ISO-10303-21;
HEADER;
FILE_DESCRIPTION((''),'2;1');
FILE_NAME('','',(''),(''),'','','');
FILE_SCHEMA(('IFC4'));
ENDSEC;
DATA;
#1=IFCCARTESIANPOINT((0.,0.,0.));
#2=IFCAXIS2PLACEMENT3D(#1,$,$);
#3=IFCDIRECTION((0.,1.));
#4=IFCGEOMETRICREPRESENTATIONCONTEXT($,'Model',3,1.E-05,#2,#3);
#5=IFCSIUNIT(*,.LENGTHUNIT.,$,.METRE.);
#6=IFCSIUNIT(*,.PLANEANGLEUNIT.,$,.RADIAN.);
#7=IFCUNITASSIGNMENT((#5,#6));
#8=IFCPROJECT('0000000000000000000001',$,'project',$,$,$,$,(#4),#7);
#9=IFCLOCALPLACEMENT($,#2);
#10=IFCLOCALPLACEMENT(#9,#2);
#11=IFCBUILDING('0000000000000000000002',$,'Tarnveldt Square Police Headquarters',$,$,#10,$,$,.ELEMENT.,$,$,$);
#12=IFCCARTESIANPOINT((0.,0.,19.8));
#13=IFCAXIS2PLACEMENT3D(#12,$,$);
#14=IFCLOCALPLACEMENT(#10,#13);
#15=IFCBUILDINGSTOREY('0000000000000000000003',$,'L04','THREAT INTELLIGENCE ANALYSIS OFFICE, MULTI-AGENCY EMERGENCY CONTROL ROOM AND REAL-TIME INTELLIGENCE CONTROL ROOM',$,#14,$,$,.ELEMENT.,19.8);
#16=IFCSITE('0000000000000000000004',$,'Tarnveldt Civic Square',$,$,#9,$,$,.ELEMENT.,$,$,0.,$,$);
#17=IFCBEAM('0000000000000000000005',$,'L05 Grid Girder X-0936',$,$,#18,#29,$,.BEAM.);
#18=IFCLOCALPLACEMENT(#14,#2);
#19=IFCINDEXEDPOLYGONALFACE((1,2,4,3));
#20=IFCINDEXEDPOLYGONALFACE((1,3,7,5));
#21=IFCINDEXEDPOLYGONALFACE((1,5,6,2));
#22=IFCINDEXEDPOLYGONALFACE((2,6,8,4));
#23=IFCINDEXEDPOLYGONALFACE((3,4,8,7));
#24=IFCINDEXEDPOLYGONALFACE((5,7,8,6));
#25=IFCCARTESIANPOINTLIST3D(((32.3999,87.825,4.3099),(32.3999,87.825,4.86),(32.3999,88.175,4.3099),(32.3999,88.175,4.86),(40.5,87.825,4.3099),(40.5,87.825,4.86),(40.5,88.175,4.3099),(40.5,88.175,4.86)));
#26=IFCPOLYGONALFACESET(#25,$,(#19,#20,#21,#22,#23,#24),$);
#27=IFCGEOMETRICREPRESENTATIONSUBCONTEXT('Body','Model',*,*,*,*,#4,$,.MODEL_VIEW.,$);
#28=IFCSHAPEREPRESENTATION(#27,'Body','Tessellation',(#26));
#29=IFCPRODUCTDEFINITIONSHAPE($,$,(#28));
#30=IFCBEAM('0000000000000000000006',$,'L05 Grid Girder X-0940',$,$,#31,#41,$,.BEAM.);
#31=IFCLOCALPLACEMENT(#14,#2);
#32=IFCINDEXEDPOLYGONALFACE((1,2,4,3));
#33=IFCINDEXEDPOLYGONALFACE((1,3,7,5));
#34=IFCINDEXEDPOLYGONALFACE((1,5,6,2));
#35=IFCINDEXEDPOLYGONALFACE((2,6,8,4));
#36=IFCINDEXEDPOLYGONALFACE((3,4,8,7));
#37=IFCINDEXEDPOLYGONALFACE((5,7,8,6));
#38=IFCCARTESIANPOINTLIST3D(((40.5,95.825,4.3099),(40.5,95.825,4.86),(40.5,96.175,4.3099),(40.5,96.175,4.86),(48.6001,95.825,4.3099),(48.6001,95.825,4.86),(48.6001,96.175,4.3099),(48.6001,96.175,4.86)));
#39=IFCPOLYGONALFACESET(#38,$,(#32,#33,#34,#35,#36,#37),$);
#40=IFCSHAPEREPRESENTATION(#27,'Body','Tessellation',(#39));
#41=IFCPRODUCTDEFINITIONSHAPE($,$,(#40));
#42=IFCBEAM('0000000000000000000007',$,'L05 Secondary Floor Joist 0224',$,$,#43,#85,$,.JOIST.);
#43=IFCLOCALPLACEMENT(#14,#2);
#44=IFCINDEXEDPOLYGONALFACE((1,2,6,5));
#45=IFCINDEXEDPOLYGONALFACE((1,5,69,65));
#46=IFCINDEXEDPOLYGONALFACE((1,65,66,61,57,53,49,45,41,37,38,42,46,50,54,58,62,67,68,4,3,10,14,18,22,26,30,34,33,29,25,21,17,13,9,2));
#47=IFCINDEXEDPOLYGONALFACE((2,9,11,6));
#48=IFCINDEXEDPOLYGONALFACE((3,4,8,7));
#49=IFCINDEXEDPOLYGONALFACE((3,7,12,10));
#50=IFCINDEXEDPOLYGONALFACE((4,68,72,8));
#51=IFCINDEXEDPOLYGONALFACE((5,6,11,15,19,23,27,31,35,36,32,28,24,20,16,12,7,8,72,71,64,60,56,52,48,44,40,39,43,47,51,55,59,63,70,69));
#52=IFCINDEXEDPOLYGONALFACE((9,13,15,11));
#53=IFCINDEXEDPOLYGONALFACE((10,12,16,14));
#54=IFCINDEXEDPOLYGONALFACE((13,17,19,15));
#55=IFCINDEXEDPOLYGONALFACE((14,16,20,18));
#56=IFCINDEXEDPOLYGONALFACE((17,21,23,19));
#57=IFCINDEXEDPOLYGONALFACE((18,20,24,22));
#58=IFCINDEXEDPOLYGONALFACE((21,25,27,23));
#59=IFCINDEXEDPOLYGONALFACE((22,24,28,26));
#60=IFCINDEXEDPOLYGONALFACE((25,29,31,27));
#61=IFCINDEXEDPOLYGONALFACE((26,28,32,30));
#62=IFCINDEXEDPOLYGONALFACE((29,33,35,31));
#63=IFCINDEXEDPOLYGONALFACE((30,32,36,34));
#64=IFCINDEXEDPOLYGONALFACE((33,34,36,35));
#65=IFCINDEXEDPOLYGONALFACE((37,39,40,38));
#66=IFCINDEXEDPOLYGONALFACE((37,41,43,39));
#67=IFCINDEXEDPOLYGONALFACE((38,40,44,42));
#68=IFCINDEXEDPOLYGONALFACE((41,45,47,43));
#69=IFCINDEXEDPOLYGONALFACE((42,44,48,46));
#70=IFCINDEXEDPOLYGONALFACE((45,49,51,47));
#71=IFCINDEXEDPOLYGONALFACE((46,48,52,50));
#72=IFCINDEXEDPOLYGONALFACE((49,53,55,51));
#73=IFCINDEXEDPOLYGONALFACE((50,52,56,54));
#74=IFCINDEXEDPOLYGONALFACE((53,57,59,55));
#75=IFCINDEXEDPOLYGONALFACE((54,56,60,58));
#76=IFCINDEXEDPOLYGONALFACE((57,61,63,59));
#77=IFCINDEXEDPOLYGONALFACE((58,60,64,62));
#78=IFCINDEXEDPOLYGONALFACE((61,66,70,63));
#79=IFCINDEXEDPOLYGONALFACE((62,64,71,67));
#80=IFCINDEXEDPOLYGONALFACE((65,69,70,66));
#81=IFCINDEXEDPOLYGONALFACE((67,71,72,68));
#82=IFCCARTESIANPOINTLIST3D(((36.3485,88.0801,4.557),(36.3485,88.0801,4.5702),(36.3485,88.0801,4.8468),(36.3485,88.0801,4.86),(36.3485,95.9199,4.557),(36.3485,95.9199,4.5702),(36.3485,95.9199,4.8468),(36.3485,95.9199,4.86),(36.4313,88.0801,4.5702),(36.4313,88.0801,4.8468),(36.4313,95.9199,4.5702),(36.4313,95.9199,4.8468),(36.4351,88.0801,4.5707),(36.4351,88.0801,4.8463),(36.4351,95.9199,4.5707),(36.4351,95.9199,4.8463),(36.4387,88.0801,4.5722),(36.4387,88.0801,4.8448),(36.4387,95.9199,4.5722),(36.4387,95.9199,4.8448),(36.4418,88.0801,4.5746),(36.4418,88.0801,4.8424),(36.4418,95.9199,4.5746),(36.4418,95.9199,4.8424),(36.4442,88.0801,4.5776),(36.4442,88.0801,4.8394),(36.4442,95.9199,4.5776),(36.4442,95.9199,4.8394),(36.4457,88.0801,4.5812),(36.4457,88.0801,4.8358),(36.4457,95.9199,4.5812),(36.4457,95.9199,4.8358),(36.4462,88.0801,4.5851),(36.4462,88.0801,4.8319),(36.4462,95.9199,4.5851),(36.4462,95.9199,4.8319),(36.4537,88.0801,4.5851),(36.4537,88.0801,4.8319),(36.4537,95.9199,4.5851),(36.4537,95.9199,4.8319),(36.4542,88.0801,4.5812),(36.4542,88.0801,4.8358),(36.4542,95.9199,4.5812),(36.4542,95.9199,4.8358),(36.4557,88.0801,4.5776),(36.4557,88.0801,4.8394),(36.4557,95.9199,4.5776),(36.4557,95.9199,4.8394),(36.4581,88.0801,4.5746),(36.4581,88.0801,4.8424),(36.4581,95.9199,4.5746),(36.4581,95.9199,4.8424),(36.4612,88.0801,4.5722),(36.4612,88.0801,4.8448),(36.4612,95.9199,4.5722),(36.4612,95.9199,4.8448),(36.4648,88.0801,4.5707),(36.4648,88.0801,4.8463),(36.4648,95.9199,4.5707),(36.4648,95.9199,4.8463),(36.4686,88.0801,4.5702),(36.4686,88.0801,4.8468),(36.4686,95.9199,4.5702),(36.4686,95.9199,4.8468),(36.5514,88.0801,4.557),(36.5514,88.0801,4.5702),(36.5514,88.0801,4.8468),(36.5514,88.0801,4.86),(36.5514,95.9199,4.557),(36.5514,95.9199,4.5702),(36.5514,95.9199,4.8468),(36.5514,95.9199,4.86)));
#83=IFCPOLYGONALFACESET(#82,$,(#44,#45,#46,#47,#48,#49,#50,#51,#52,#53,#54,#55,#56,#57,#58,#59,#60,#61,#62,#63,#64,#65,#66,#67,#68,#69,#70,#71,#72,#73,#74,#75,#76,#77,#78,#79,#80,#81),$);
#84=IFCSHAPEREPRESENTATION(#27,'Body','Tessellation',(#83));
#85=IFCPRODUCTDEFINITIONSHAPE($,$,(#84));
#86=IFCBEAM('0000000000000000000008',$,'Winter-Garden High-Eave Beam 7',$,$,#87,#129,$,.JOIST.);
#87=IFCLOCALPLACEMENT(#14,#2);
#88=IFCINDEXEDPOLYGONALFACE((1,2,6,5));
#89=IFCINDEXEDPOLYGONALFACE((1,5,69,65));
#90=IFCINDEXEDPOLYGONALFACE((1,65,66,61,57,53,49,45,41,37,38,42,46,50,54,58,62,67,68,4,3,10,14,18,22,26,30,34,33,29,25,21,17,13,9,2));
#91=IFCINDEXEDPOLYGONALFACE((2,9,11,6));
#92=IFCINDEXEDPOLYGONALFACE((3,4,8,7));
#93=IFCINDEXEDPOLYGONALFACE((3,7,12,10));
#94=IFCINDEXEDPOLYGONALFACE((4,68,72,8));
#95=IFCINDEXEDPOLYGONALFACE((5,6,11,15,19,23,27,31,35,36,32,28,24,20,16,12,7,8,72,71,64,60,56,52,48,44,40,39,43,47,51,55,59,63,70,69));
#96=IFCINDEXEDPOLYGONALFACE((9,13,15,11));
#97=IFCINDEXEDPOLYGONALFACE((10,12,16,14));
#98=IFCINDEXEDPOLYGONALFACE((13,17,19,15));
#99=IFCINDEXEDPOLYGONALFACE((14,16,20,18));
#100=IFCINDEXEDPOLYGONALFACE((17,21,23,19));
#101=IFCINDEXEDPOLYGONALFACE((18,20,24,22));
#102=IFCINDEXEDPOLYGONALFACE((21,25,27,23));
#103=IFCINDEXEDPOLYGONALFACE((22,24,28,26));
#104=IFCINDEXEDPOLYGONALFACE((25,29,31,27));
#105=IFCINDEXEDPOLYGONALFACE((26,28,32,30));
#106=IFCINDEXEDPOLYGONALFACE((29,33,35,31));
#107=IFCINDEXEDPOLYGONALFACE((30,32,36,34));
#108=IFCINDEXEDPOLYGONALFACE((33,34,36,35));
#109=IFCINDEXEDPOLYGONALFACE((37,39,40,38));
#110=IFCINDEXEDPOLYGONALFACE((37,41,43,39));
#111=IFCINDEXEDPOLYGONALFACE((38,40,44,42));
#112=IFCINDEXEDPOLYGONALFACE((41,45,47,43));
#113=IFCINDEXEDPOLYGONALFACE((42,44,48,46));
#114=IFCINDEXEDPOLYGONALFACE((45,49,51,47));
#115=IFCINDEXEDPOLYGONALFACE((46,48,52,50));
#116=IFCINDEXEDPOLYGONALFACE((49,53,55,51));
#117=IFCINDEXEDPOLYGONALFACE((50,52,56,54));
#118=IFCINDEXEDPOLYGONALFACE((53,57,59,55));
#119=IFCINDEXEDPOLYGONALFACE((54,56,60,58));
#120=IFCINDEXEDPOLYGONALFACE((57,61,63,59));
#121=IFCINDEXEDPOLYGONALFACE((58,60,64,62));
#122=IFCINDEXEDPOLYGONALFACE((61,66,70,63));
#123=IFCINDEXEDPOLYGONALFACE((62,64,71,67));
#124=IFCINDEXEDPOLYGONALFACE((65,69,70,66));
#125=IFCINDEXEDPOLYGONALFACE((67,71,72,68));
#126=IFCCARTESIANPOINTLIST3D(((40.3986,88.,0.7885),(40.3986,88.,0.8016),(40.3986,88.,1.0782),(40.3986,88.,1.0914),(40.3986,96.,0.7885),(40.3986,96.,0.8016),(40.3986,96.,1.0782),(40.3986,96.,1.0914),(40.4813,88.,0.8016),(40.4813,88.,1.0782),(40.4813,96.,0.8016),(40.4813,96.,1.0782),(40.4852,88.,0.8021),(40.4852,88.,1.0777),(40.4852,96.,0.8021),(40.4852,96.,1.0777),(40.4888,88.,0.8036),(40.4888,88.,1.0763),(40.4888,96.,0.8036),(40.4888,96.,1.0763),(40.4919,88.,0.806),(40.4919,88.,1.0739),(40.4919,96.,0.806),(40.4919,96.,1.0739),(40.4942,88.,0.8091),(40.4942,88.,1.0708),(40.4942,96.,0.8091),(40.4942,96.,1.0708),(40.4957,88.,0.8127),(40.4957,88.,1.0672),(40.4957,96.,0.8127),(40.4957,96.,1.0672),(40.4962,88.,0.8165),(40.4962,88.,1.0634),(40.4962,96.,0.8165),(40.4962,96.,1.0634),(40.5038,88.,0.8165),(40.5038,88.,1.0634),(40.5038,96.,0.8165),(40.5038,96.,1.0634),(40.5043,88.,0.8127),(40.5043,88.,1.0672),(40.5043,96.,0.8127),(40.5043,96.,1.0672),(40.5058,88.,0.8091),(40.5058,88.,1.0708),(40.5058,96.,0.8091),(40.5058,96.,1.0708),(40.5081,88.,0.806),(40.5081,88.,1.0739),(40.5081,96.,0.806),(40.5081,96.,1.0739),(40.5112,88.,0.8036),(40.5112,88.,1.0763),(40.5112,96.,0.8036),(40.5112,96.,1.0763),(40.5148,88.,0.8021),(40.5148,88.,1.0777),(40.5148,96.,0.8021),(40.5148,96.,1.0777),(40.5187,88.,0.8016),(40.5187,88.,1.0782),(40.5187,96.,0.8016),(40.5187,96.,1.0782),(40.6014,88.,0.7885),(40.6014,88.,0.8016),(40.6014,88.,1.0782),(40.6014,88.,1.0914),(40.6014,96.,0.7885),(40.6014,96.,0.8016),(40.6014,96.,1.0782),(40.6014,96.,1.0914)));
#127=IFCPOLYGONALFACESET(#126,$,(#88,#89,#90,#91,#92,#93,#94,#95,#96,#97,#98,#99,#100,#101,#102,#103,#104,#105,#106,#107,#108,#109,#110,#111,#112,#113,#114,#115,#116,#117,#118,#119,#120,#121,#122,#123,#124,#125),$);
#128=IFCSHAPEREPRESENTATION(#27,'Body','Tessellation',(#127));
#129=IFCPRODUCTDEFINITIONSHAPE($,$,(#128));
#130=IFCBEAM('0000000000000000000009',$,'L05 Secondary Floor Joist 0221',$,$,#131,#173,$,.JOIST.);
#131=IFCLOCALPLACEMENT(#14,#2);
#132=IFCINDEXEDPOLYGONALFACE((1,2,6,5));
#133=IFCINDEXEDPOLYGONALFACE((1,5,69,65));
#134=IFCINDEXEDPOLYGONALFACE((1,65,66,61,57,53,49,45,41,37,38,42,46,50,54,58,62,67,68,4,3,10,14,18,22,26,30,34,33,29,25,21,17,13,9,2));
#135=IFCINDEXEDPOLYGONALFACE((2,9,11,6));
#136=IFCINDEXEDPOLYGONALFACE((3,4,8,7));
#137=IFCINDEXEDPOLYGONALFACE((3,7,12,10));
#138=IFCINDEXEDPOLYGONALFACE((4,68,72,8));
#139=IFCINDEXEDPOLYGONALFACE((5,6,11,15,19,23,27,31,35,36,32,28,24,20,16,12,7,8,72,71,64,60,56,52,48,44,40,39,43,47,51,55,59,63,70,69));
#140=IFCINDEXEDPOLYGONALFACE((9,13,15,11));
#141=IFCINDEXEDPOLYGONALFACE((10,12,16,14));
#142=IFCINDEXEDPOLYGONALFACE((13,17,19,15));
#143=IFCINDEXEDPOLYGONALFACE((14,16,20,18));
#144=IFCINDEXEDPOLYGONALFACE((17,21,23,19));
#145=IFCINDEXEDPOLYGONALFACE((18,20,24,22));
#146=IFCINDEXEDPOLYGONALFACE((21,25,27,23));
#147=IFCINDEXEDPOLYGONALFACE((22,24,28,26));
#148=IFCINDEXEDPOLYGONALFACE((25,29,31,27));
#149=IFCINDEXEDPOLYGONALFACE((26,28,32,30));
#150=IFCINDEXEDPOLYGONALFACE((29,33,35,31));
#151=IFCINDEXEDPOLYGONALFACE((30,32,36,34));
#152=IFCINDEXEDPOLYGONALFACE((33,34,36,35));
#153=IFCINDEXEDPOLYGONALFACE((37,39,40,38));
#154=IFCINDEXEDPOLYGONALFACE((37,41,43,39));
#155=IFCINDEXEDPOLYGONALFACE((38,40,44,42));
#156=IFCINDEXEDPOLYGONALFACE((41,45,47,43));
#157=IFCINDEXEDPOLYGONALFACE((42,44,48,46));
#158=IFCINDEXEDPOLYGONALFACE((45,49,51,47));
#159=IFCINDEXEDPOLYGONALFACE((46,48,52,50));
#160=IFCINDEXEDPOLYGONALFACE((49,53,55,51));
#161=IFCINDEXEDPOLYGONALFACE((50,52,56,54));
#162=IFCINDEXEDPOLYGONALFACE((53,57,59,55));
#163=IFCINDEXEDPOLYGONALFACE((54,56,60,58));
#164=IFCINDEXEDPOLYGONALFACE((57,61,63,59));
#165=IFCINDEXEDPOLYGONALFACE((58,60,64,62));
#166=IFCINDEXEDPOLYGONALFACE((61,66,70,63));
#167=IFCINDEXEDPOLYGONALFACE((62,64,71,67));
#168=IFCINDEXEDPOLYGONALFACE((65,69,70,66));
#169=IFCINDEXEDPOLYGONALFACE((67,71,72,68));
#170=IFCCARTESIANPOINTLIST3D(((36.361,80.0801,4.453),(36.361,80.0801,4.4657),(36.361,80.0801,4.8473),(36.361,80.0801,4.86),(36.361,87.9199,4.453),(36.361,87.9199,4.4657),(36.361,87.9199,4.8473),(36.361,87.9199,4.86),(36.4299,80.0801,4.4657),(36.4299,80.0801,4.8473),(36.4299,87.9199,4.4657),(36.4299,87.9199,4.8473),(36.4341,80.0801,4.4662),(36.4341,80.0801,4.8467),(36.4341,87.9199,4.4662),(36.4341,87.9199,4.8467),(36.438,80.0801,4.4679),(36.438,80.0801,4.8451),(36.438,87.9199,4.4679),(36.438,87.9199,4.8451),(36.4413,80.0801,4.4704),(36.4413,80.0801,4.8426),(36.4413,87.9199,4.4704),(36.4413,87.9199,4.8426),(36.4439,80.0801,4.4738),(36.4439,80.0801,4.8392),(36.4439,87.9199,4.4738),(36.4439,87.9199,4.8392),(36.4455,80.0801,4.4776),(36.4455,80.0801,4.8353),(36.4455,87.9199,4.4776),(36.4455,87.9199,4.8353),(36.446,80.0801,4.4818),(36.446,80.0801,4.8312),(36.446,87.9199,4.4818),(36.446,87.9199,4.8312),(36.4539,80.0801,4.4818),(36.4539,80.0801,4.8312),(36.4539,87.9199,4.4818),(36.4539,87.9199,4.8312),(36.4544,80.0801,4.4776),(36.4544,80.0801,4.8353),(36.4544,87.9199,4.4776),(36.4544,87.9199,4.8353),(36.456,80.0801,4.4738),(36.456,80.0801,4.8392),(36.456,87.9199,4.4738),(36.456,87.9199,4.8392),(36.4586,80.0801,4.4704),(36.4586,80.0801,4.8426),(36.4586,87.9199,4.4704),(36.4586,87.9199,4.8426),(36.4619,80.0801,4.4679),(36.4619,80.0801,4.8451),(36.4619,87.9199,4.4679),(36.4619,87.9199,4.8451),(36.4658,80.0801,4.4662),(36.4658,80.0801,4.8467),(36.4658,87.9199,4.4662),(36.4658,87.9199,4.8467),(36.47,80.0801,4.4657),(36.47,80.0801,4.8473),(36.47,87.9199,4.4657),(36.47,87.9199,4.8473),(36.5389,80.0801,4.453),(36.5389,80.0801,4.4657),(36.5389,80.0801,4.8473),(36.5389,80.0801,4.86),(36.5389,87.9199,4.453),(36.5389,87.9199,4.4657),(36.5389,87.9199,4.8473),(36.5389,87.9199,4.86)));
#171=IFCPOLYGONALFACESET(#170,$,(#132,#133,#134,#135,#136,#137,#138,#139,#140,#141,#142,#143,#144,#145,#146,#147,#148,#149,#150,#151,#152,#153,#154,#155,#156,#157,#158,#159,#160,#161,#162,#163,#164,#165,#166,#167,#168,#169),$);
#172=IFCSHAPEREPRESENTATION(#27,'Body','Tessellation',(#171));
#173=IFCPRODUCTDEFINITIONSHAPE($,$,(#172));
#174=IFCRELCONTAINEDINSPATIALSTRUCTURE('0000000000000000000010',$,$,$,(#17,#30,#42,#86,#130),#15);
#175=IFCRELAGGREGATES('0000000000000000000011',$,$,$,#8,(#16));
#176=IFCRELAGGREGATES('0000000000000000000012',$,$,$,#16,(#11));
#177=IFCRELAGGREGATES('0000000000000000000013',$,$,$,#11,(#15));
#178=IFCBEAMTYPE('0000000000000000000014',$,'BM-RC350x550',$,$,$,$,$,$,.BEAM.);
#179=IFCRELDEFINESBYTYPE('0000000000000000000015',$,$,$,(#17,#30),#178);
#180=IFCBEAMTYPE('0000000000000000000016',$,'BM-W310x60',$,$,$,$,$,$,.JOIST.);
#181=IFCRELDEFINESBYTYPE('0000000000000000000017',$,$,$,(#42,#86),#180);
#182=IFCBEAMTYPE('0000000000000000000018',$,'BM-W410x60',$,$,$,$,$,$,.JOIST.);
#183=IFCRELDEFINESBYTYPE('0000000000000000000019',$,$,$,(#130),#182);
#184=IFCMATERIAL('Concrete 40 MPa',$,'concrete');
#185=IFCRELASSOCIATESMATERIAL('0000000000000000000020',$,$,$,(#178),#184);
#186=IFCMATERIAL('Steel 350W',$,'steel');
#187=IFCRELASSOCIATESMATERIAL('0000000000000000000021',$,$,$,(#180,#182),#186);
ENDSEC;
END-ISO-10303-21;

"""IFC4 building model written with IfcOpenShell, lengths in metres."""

from ifc_helpers import new_model, si_unit, direction, frame, origin, origin_2d, place, context, subcontext, project, spatial, rectangle, i_section, extrude, material, material_profile, profile_set, type_object, element, save


model = new_model("IFC4")

# Units and contexts
model_context = context("Model", 3, precision=1e-05, world=origin(), true_north=direction((0.0, 1.0)))
body_context = subcontext(model_context, "Body", "Model", "MODEL_VIEW")
ifc_project = project(units=[si_unit("LENGTHUNIT", "METRE"), si_unit("PLANEANGLEUNIT", "RADIAN")], contexts=[model_context])

# Site, building, storey
site_placement = place(None, origin())
site = spatial("IfcSite", under=ifc_project, at=site_placement, Name="Tarnveldt Civic Square", CompositionType="ELEMENT", RefElevation=0.0)
building_placement = place(site_placement, origin())
building = spatial("IfcBuilding", under=site, at=building_placement, Name="Tarnveldt Square Police Headquarters", CompositionType="ELEMENT")
storey_placement = place(building_placement, frame((0.0, 0.0, 19.8)))
storey = spatial("IfcBuildingStorey", under=building, at=storey_placement, Name="L04", Description="THREAT INTELLIGENCE ANALYSIS OFFICE, MULTI-AGENCY EMERGENCY CONTROL ROOM AND REAL-TIME INTELLIGENCE CONTROL ROOM", CompositionType="ELEMENT", Elevation=19.8)

# Shared definitions
ifc_material_1 = material(Name="Steel 350W", Category="steel")
ifc_material_2 = material(Name="Concrete 40 MPa", Category="concrete")

# Beams
ifc_material_profile_1 = material_profile(ifc_material_2, rectangle(XDim=0.3501, YDim=0.55, at=origin_2d()), Name="RC-B350x550")
ifc_profile_set_1 = profile_set([ifc_material_profile_1], Name="Concrete 40 MPa")
beam_type_1 = type_object("IfcBeamType", Name="BM-RC350x550", PredefinedType="BEAM", material=ifc_profile_set_1)
for number, where, z_axis, x_axis, name in (
    (1, (32.3999, 88.0, 4.585), (1.0, 0.0, 0.0), (0.0, 1.0, 0.0), "L05 Grid Girder X-0936"),
    (2, (40.5, 96.0, 4.585), (1.0, 0.0, 0.0), (0.0, 1.0, 0.0), "L05 Grid Girder X-0940"),
):
    element("IfcBeam", number, at=place(storey_placement, frame(where, z_axis=z_axis, x_axis=x_axis)), inside=storey, type_object=beam_type_1, Name=name, PredefinedType="BEAM", context=body_context, shape_type="SweptSolid", body=[
        extrude(rectangle(XDim=0.3501, YDim=0.55, at=origin_2d()), origin(), (0.0, 0.0, 1.0), 8.1001),
    ])
ifc_material_profile_2 = material_profile(ifc_material_1, i_section(OverallWidth=0.2029, OverallDepth=0.303, WebThickness=0.0076, FlangeThickness=0.0132, FilletRadius=0.0149, at=origin_2d()), Name="W310x60")
ifc_profile_set_2 = profile_set([ifc_material_profile_2], Name="Steel 350W")
beam_type_2 = type_object("IfcBeamType", Name="BM-W310x60", PredefinedType="JOIST", material=ifc_profile_set_2)
beam_1_placement = place(storey_placement, frame((36.45, 88.0801, 4.7085), z_axis=(0.0, 1.0, 0.0), x_axis=(-1.0, 0.0, 0.0)))
element("IfcBeam", 3, at=beam_1_placement, inside=storey, type_object=beam_type_2, Name="L05 Secondary Floor Joist 0224", PredefinedType="JOIST", context=body_context, shape_type="SweptSolid", body=[
    extrude(i_section(OverallWidth=0.2029, OverallDepth=0.303, WebThickness=0.0076, FlangeThickness=0.0132, FilletRadius=0.0149, at=origin_2d()), origin(), (0.0, 0.0, 1.0), 7.8398),
])
beam_2_placement = place(storey_placement, frame((40.5, 88.0, 0.9399), z_axis=(0.0, 1.0, 0.0), x_axis=(-1.0, 0.0, 0.0)))
element("IfcBeam", 4, at=beam_2_placement, inside=storey, type_object=beam_type_2, Name="Winter-Garden High-Eave Beam 7", PredefinedType="JOIST", context=body_context, shape_type="SweptSolid", body=[
    extrude(i_section(OverallWidth=0.2029, OverallDepth=0.303, WebThickness=0.0076, FlangeThickness=0.0132, FilletRadius=0.0149, at=origin_2d()), origin(), (0.0, 0.0, 1.0), 8.0),
])
ifc_material_profile_3 = material_profile(ifc_material_1, i_section(OverallWidth=0.178, OverallDepth=0.407, WebThickness=0.0078, FlangeThickness=0.0127, FilletRadius=0.0161, at=origin_2d()), Name="W410x60")
ifc_profile_set_3 = profile_set([ifc_material_profile_3], Name="Steel 350W")
beam_type_3 = type_object("IfcBeamType", Name="BM-W410x60", PredefinedType="JOIST", material=ifc_profile_set_3)
beam_3_placement = place(storey_placement, frame((36.45, 80.0801, 4.6565), z_axis=(0.0, 1.0, 0.0), x_axis=(-1.0, 0.0, 0.0)))
element("IfcBeam", 5, at=beam_3_placement, inside=storey, type_object=beam_type_3, Name="L05 Secondary Floor Joist 0221", PredefinedType="JOIST", context=body_context, shape_type="SweptSolid", body=[
    extrude(i_section(OverallWidth=0.178, OverallDepth=0.407, WebThickness=0.0078, FlangeThickness=0.0127, FilletRadius=0.0161, at=origin_2d()), origin(), (0.0, 0.0, 1.0), 7.8398),
])

save(model, "model.ifc")
